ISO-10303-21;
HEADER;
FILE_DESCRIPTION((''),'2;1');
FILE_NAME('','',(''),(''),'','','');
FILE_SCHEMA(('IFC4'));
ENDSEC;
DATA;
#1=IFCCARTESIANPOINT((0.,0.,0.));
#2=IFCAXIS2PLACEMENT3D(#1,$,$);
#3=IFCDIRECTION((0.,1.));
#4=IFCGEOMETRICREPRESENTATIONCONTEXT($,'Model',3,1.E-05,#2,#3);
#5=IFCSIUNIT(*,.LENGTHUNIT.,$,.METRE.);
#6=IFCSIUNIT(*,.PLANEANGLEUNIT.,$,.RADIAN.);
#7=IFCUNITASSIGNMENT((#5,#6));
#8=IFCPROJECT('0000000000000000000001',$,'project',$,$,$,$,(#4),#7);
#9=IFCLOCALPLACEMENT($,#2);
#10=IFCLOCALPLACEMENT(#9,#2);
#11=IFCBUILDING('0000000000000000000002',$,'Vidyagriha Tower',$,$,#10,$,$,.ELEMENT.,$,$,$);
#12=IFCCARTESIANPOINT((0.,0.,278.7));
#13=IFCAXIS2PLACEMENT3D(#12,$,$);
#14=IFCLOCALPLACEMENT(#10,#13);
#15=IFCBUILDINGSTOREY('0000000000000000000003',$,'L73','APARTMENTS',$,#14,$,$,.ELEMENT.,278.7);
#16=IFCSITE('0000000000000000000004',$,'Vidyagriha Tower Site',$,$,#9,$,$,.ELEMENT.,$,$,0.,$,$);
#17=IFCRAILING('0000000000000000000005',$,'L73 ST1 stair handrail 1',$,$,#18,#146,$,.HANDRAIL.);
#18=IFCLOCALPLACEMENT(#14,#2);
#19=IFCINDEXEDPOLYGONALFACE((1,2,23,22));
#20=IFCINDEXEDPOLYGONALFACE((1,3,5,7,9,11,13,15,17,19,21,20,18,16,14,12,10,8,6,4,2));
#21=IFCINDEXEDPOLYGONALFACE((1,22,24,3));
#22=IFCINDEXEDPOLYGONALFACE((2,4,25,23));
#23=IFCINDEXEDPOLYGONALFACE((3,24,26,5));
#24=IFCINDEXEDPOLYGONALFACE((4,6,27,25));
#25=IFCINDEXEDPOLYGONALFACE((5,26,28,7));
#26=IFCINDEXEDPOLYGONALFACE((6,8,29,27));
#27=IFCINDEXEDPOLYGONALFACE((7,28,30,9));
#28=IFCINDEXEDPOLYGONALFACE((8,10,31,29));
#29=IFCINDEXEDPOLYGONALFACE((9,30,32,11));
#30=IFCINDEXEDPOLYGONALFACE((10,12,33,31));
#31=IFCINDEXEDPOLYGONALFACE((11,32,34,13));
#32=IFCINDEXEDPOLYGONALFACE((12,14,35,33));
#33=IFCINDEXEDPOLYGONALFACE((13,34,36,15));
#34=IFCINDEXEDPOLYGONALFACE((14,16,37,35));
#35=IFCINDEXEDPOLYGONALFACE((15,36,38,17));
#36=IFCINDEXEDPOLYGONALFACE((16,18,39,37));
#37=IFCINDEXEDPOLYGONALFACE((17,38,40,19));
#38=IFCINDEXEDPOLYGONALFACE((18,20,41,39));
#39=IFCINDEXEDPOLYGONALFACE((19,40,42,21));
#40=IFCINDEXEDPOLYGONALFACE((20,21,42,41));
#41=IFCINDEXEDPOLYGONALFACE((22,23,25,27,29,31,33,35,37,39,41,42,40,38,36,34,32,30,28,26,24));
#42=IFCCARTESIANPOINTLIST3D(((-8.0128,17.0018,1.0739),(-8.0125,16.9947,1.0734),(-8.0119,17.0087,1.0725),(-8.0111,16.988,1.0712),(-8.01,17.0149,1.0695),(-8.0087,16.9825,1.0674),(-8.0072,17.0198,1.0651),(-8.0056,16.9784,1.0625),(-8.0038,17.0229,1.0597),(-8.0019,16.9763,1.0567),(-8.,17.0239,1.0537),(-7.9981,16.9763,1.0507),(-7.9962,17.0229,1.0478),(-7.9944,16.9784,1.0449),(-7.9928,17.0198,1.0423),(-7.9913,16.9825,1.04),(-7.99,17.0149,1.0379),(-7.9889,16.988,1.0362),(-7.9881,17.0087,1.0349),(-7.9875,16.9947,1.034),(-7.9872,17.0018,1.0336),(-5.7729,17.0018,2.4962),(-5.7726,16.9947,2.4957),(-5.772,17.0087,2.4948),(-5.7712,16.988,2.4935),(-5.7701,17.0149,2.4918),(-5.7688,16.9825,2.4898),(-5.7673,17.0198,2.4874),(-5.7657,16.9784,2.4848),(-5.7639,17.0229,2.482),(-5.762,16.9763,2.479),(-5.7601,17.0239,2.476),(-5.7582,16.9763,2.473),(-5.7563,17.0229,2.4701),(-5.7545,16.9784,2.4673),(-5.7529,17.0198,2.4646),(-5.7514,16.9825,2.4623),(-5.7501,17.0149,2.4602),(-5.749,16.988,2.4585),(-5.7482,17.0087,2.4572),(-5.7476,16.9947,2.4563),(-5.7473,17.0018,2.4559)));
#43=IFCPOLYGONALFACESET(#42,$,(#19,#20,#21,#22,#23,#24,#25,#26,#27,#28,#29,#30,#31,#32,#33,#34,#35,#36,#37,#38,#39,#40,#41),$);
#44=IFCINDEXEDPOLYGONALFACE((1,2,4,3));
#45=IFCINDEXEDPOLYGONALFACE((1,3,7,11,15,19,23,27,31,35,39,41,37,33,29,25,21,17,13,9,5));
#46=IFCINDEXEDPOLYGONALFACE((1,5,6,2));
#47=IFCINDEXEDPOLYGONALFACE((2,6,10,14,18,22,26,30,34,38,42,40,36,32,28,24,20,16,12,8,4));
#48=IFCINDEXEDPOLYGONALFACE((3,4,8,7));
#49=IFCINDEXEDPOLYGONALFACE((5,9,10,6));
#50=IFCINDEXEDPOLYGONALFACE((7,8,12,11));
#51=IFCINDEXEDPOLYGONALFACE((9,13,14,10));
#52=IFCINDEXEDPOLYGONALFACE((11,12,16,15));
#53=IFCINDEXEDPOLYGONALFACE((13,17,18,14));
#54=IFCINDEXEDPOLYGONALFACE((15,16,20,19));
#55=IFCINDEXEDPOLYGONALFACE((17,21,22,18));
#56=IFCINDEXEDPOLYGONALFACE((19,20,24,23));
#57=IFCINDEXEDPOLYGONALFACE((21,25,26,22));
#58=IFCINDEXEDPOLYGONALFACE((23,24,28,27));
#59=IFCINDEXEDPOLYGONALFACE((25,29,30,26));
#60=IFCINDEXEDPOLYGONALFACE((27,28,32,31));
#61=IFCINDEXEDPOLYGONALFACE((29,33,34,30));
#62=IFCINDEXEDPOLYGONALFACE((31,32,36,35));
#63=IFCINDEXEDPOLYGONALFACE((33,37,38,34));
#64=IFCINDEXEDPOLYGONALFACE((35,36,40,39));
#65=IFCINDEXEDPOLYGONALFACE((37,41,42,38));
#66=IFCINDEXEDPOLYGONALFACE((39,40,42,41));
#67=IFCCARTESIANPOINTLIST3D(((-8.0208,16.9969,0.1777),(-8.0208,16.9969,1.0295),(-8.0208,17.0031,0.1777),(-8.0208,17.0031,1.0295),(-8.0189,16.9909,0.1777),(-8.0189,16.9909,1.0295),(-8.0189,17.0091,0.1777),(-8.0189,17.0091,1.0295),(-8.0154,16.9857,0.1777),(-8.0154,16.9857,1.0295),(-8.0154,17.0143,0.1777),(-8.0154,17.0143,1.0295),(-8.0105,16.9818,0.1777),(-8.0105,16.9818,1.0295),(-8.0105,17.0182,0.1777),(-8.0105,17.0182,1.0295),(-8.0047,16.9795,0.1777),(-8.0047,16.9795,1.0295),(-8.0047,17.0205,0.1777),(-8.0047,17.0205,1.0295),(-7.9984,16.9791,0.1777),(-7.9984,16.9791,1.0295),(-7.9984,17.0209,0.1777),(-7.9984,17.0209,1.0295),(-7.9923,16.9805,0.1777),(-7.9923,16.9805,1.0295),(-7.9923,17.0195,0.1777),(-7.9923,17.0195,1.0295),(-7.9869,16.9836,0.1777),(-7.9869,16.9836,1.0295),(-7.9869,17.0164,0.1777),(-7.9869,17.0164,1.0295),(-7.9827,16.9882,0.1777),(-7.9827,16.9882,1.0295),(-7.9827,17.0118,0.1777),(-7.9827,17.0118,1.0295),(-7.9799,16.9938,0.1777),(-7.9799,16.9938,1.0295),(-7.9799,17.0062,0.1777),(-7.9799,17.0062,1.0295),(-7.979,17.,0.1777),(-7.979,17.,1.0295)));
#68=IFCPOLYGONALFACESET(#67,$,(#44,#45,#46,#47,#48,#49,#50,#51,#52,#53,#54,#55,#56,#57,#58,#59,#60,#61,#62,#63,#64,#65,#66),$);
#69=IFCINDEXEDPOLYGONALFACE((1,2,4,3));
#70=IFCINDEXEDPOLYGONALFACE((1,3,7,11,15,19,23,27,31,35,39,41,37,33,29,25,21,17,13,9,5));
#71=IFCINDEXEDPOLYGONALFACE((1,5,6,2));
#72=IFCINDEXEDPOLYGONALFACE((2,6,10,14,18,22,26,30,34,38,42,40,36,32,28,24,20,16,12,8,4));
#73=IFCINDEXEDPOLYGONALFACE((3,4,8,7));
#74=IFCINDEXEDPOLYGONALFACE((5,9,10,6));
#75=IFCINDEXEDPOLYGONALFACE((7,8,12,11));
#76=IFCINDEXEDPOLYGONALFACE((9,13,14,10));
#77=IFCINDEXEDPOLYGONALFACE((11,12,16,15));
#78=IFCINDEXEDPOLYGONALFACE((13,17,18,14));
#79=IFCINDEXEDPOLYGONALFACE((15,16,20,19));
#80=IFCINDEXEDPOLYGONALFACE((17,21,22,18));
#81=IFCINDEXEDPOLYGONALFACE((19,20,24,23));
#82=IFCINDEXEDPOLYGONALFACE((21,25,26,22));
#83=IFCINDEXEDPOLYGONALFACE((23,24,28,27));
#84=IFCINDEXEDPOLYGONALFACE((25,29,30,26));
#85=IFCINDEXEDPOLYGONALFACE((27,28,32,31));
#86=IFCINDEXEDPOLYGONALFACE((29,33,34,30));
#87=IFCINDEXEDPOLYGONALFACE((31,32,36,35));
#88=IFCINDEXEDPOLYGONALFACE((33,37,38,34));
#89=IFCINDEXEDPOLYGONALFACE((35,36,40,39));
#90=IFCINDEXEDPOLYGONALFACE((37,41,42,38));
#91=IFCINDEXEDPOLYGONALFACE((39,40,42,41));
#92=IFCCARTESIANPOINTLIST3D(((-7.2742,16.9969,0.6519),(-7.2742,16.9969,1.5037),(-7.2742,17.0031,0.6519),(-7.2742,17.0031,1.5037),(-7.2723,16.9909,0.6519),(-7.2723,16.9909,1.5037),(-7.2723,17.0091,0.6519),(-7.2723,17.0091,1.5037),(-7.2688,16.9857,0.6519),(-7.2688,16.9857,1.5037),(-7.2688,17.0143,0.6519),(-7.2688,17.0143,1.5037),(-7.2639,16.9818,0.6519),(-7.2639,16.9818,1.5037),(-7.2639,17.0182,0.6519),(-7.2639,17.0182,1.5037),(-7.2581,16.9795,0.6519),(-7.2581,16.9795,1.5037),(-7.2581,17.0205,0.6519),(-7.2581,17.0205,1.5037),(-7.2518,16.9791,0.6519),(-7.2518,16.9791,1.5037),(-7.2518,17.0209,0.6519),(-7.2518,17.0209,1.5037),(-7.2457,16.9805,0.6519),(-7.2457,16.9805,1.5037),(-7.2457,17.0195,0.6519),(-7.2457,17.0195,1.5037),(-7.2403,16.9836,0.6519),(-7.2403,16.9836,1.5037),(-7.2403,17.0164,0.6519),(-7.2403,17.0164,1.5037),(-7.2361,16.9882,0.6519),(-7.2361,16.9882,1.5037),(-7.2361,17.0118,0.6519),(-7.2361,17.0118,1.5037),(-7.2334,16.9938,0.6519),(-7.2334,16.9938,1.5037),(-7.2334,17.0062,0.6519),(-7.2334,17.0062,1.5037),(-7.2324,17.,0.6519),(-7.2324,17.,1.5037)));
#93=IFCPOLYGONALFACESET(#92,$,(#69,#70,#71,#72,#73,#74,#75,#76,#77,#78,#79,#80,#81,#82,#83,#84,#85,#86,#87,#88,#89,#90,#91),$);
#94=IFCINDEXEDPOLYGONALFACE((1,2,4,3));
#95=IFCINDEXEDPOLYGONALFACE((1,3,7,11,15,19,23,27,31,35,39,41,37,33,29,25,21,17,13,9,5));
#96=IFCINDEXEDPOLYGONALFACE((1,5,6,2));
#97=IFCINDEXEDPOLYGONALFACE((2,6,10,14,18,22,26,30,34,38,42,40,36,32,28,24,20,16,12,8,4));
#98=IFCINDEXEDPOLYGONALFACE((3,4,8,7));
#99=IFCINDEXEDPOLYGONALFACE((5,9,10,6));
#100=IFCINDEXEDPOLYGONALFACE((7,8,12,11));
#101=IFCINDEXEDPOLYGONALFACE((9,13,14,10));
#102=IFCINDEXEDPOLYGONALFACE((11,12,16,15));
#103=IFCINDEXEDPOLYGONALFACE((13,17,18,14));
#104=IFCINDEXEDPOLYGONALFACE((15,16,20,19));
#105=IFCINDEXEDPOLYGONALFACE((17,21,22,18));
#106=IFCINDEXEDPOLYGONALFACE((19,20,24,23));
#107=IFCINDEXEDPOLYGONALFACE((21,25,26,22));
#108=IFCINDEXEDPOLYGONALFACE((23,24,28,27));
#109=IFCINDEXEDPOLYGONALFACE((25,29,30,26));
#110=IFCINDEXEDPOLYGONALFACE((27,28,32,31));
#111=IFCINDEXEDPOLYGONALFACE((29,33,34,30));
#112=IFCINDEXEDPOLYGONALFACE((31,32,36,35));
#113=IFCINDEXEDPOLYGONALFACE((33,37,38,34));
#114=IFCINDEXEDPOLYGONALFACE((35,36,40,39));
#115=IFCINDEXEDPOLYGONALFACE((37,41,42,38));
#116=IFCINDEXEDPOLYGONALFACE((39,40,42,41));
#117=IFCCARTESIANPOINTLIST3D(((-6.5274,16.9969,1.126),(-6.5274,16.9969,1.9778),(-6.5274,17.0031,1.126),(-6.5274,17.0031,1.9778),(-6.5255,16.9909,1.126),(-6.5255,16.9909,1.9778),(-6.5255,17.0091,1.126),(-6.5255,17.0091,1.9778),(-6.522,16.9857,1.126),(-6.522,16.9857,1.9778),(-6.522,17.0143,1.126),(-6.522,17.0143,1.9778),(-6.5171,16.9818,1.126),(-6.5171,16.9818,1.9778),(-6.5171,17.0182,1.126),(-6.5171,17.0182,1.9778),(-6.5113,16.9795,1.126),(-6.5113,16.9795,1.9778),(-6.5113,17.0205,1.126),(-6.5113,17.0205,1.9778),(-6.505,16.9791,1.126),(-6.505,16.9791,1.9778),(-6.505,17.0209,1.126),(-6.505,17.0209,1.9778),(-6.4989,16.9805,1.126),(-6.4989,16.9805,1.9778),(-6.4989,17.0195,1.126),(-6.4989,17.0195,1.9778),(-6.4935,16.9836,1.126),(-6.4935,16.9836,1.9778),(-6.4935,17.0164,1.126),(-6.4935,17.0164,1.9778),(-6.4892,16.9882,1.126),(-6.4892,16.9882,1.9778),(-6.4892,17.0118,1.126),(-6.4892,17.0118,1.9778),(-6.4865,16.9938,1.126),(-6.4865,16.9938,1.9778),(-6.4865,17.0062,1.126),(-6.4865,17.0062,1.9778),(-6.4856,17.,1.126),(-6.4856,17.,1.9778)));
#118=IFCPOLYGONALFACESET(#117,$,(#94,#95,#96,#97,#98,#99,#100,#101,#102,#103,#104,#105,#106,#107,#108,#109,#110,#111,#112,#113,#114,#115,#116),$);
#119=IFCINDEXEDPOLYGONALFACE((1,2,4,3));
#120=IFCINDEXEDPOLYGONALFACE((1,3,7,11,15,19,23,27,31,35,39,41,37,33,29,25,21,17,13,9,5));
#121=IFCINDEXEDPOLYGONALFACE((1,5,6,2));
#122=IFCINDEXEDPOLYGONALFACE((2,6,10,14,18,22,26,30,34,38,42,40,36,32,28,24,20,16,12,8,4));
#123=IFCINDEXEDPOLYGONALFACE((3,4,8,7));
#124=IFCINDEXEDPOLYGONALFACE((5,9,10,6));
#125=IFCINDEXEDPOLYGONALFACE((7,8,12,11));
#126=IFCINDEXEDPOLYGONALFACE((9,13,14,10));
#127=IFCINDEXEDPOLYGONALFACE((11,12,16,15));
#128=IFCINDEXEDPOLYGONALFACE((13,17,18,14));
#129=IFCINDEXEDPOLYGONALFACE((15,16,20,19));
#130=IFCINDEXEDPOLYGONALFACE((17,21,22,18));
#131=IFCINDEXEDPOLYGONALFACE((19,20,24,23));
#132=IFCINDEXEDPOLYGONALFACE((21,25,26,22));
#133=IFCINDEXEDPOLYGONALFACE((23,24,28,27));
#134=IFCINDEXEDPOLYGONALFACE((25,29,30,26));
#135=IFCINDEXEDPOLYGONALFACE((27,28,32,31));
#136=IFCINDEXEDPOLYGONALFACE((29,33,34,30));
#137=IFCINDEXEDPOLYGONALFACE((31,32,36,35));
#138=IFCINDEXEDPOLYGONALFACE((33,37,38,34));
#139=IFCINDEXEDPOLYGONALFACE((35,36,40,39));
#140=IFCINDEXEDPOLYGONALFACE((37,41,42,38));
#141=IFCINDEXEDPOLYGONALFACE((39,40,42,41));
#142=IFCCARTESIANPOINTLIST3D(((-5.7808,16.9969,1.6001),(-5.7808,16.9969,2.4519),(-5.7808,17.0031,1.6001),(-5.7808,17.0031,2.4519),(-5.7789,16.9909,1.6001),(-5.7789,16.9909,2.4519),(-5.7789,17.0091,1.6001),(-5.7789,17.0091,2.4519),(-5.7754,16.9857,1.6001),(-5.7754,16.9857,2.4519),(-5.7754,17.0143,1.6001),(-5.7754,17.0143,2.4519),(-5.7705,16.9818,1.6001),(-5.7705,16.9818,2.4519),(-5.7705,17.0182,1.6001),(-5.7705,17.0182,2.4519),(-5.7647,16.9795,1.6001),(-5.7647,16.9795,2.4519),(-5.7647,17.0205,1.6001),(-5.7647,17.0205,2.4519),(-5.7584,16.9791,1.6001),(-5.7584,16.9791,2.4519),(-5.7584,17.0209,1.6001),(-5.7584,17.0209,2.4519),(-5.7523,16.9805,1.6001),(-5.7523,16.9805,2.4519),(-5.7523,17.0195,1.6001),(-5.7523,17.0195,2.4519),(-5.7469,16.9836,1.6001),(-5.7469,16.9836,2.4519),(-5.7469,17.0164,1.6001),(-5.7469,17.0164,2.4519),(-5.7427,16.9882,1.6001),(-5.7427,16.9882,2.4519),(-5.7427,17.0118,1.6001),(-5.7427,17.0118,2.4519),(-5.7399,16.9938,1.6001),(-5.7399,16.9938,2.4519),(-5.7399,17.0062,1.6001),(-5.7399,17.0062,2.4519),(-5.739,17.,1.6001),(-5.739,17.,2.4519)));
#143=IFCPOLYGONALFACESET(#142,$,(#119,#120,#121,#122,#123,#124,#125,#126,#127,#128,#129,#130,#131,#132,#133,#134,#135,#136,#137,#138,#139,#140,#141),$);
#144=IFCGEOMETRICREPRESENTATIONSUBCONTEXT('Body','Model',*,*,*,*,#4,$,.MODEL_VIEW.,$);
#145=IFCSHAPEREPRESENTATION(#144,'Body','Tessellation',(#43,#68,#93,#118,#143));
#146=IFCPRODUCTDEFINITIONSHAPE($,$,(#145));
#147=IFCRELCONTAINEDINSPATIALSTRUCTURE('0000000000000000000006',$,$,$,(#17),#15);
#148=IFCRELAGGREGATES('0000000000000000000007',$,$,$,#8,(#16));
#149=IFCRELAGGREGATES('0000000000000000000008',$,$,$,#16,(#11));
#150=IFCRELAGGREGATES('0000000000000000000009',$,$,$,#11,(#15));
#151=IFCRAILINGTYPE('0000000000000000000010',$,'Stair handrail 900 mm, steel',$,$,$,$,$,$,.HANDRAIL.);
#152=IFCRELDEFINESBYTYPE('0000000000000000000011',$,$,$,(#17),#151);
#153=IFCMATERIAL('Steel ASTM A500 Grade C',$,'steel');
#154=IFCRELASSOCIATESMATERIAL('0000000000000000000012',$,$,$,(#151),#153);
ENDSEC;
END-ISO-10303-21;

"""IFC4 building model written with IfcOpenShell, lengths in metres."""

from ifc_helpers import new_model, si_unit, direction, frame, origin, origin_2d, place, context, subcontext, project, spatial, circle, extrude, material, type_object, element, save


model = new_model("IFC4")

# Units and contexts
model_context = context("Model", 3, precision=1e-05, world=origin(), true_north=direction((0.0, 1.0)))
body_context = subcontext(model_context, "Body", "Model", "MODEL_VIEW")
ifc_project = project(units=[si_unit("LENGTHUNIT", "METRE"), si_unit("PLANEANGLEUNIT", "RADIAN")], contexts=[model_context])

# Site, building, storey
site_placement = place(None, origin())
site = spatial("IfcSite", under=ifc_project, at=site_placement, Name="Vidyagriha Tower Site", CompositionType="ELEMENT", RefElevation=0.0)
building_placement = place(site_placement, origin())
building = spatial("IfcBuilding", under=site, at=building_placement, Name="Vidyagriha Tower", CompositionType="ELEMENT")
storey_placement = place(building_placement, frame((0.0, 0.0, 278.7)))
storey = spatial("IfcBuildingStorey", under=building, at=storey_placement, Name="L73", Description="APARTMENTS", CompositionType="ELEMENT", Elevation=278.7)

# Railing
ifc_material_1 = material(Name="Steel ASTM A500 Grade C", Category="steel")
railing_type = type_object("IfcRailingType", Name="Stair handrail 900 mm, steel", PredefinedType="HANDRAIL", material=ifc_material_1)
for number, where, name in (
    (1, (-8.0, 17.0, 0.1777), "L73 ST1 stair handrail 1"),
):
    element("IfcRailing", number, at=place(storey_placement, frame(where)), inside=storey, type_object=railing_type, Name=name, PredefinedType="HANDRAIL", context=body_context, shape_type="SweptSolid", body=[
        extrude(circle(Radius=0.0239, at=origin_2d()), frame((0.0, 0.0, 0.876), z_axis=(0.844188, 0.0, 0.536048), x_axis=(0.0, 1.0, 0.0)), (0.0, 0.0, 1.0), 2.6533),
        extrude(circle(Radius=0.021, at=origin_2d()), origin(), (0.0, 0.0, 1.0), 0.8518),
        extrude(circle(Radius=0.021, at=origin_2d()), frame((0.7466, 0.0, 0.4741)), (0.0, 0.0, 1.0), 0.8518),
        extrude(circle(Radius=0.021, at=origin_2d()), frame((1.4934, 0.0, 0.9482)), (0.0, 0.0, 1.0), 0.8518),
        extrude(circle(Radius=0.021, at=origin_2d()), frame((2.24, 0.0, 1.4224)), (0.0, 0.0, 1.0), 0.8518),
    ])

save(model, "model.ifc")
